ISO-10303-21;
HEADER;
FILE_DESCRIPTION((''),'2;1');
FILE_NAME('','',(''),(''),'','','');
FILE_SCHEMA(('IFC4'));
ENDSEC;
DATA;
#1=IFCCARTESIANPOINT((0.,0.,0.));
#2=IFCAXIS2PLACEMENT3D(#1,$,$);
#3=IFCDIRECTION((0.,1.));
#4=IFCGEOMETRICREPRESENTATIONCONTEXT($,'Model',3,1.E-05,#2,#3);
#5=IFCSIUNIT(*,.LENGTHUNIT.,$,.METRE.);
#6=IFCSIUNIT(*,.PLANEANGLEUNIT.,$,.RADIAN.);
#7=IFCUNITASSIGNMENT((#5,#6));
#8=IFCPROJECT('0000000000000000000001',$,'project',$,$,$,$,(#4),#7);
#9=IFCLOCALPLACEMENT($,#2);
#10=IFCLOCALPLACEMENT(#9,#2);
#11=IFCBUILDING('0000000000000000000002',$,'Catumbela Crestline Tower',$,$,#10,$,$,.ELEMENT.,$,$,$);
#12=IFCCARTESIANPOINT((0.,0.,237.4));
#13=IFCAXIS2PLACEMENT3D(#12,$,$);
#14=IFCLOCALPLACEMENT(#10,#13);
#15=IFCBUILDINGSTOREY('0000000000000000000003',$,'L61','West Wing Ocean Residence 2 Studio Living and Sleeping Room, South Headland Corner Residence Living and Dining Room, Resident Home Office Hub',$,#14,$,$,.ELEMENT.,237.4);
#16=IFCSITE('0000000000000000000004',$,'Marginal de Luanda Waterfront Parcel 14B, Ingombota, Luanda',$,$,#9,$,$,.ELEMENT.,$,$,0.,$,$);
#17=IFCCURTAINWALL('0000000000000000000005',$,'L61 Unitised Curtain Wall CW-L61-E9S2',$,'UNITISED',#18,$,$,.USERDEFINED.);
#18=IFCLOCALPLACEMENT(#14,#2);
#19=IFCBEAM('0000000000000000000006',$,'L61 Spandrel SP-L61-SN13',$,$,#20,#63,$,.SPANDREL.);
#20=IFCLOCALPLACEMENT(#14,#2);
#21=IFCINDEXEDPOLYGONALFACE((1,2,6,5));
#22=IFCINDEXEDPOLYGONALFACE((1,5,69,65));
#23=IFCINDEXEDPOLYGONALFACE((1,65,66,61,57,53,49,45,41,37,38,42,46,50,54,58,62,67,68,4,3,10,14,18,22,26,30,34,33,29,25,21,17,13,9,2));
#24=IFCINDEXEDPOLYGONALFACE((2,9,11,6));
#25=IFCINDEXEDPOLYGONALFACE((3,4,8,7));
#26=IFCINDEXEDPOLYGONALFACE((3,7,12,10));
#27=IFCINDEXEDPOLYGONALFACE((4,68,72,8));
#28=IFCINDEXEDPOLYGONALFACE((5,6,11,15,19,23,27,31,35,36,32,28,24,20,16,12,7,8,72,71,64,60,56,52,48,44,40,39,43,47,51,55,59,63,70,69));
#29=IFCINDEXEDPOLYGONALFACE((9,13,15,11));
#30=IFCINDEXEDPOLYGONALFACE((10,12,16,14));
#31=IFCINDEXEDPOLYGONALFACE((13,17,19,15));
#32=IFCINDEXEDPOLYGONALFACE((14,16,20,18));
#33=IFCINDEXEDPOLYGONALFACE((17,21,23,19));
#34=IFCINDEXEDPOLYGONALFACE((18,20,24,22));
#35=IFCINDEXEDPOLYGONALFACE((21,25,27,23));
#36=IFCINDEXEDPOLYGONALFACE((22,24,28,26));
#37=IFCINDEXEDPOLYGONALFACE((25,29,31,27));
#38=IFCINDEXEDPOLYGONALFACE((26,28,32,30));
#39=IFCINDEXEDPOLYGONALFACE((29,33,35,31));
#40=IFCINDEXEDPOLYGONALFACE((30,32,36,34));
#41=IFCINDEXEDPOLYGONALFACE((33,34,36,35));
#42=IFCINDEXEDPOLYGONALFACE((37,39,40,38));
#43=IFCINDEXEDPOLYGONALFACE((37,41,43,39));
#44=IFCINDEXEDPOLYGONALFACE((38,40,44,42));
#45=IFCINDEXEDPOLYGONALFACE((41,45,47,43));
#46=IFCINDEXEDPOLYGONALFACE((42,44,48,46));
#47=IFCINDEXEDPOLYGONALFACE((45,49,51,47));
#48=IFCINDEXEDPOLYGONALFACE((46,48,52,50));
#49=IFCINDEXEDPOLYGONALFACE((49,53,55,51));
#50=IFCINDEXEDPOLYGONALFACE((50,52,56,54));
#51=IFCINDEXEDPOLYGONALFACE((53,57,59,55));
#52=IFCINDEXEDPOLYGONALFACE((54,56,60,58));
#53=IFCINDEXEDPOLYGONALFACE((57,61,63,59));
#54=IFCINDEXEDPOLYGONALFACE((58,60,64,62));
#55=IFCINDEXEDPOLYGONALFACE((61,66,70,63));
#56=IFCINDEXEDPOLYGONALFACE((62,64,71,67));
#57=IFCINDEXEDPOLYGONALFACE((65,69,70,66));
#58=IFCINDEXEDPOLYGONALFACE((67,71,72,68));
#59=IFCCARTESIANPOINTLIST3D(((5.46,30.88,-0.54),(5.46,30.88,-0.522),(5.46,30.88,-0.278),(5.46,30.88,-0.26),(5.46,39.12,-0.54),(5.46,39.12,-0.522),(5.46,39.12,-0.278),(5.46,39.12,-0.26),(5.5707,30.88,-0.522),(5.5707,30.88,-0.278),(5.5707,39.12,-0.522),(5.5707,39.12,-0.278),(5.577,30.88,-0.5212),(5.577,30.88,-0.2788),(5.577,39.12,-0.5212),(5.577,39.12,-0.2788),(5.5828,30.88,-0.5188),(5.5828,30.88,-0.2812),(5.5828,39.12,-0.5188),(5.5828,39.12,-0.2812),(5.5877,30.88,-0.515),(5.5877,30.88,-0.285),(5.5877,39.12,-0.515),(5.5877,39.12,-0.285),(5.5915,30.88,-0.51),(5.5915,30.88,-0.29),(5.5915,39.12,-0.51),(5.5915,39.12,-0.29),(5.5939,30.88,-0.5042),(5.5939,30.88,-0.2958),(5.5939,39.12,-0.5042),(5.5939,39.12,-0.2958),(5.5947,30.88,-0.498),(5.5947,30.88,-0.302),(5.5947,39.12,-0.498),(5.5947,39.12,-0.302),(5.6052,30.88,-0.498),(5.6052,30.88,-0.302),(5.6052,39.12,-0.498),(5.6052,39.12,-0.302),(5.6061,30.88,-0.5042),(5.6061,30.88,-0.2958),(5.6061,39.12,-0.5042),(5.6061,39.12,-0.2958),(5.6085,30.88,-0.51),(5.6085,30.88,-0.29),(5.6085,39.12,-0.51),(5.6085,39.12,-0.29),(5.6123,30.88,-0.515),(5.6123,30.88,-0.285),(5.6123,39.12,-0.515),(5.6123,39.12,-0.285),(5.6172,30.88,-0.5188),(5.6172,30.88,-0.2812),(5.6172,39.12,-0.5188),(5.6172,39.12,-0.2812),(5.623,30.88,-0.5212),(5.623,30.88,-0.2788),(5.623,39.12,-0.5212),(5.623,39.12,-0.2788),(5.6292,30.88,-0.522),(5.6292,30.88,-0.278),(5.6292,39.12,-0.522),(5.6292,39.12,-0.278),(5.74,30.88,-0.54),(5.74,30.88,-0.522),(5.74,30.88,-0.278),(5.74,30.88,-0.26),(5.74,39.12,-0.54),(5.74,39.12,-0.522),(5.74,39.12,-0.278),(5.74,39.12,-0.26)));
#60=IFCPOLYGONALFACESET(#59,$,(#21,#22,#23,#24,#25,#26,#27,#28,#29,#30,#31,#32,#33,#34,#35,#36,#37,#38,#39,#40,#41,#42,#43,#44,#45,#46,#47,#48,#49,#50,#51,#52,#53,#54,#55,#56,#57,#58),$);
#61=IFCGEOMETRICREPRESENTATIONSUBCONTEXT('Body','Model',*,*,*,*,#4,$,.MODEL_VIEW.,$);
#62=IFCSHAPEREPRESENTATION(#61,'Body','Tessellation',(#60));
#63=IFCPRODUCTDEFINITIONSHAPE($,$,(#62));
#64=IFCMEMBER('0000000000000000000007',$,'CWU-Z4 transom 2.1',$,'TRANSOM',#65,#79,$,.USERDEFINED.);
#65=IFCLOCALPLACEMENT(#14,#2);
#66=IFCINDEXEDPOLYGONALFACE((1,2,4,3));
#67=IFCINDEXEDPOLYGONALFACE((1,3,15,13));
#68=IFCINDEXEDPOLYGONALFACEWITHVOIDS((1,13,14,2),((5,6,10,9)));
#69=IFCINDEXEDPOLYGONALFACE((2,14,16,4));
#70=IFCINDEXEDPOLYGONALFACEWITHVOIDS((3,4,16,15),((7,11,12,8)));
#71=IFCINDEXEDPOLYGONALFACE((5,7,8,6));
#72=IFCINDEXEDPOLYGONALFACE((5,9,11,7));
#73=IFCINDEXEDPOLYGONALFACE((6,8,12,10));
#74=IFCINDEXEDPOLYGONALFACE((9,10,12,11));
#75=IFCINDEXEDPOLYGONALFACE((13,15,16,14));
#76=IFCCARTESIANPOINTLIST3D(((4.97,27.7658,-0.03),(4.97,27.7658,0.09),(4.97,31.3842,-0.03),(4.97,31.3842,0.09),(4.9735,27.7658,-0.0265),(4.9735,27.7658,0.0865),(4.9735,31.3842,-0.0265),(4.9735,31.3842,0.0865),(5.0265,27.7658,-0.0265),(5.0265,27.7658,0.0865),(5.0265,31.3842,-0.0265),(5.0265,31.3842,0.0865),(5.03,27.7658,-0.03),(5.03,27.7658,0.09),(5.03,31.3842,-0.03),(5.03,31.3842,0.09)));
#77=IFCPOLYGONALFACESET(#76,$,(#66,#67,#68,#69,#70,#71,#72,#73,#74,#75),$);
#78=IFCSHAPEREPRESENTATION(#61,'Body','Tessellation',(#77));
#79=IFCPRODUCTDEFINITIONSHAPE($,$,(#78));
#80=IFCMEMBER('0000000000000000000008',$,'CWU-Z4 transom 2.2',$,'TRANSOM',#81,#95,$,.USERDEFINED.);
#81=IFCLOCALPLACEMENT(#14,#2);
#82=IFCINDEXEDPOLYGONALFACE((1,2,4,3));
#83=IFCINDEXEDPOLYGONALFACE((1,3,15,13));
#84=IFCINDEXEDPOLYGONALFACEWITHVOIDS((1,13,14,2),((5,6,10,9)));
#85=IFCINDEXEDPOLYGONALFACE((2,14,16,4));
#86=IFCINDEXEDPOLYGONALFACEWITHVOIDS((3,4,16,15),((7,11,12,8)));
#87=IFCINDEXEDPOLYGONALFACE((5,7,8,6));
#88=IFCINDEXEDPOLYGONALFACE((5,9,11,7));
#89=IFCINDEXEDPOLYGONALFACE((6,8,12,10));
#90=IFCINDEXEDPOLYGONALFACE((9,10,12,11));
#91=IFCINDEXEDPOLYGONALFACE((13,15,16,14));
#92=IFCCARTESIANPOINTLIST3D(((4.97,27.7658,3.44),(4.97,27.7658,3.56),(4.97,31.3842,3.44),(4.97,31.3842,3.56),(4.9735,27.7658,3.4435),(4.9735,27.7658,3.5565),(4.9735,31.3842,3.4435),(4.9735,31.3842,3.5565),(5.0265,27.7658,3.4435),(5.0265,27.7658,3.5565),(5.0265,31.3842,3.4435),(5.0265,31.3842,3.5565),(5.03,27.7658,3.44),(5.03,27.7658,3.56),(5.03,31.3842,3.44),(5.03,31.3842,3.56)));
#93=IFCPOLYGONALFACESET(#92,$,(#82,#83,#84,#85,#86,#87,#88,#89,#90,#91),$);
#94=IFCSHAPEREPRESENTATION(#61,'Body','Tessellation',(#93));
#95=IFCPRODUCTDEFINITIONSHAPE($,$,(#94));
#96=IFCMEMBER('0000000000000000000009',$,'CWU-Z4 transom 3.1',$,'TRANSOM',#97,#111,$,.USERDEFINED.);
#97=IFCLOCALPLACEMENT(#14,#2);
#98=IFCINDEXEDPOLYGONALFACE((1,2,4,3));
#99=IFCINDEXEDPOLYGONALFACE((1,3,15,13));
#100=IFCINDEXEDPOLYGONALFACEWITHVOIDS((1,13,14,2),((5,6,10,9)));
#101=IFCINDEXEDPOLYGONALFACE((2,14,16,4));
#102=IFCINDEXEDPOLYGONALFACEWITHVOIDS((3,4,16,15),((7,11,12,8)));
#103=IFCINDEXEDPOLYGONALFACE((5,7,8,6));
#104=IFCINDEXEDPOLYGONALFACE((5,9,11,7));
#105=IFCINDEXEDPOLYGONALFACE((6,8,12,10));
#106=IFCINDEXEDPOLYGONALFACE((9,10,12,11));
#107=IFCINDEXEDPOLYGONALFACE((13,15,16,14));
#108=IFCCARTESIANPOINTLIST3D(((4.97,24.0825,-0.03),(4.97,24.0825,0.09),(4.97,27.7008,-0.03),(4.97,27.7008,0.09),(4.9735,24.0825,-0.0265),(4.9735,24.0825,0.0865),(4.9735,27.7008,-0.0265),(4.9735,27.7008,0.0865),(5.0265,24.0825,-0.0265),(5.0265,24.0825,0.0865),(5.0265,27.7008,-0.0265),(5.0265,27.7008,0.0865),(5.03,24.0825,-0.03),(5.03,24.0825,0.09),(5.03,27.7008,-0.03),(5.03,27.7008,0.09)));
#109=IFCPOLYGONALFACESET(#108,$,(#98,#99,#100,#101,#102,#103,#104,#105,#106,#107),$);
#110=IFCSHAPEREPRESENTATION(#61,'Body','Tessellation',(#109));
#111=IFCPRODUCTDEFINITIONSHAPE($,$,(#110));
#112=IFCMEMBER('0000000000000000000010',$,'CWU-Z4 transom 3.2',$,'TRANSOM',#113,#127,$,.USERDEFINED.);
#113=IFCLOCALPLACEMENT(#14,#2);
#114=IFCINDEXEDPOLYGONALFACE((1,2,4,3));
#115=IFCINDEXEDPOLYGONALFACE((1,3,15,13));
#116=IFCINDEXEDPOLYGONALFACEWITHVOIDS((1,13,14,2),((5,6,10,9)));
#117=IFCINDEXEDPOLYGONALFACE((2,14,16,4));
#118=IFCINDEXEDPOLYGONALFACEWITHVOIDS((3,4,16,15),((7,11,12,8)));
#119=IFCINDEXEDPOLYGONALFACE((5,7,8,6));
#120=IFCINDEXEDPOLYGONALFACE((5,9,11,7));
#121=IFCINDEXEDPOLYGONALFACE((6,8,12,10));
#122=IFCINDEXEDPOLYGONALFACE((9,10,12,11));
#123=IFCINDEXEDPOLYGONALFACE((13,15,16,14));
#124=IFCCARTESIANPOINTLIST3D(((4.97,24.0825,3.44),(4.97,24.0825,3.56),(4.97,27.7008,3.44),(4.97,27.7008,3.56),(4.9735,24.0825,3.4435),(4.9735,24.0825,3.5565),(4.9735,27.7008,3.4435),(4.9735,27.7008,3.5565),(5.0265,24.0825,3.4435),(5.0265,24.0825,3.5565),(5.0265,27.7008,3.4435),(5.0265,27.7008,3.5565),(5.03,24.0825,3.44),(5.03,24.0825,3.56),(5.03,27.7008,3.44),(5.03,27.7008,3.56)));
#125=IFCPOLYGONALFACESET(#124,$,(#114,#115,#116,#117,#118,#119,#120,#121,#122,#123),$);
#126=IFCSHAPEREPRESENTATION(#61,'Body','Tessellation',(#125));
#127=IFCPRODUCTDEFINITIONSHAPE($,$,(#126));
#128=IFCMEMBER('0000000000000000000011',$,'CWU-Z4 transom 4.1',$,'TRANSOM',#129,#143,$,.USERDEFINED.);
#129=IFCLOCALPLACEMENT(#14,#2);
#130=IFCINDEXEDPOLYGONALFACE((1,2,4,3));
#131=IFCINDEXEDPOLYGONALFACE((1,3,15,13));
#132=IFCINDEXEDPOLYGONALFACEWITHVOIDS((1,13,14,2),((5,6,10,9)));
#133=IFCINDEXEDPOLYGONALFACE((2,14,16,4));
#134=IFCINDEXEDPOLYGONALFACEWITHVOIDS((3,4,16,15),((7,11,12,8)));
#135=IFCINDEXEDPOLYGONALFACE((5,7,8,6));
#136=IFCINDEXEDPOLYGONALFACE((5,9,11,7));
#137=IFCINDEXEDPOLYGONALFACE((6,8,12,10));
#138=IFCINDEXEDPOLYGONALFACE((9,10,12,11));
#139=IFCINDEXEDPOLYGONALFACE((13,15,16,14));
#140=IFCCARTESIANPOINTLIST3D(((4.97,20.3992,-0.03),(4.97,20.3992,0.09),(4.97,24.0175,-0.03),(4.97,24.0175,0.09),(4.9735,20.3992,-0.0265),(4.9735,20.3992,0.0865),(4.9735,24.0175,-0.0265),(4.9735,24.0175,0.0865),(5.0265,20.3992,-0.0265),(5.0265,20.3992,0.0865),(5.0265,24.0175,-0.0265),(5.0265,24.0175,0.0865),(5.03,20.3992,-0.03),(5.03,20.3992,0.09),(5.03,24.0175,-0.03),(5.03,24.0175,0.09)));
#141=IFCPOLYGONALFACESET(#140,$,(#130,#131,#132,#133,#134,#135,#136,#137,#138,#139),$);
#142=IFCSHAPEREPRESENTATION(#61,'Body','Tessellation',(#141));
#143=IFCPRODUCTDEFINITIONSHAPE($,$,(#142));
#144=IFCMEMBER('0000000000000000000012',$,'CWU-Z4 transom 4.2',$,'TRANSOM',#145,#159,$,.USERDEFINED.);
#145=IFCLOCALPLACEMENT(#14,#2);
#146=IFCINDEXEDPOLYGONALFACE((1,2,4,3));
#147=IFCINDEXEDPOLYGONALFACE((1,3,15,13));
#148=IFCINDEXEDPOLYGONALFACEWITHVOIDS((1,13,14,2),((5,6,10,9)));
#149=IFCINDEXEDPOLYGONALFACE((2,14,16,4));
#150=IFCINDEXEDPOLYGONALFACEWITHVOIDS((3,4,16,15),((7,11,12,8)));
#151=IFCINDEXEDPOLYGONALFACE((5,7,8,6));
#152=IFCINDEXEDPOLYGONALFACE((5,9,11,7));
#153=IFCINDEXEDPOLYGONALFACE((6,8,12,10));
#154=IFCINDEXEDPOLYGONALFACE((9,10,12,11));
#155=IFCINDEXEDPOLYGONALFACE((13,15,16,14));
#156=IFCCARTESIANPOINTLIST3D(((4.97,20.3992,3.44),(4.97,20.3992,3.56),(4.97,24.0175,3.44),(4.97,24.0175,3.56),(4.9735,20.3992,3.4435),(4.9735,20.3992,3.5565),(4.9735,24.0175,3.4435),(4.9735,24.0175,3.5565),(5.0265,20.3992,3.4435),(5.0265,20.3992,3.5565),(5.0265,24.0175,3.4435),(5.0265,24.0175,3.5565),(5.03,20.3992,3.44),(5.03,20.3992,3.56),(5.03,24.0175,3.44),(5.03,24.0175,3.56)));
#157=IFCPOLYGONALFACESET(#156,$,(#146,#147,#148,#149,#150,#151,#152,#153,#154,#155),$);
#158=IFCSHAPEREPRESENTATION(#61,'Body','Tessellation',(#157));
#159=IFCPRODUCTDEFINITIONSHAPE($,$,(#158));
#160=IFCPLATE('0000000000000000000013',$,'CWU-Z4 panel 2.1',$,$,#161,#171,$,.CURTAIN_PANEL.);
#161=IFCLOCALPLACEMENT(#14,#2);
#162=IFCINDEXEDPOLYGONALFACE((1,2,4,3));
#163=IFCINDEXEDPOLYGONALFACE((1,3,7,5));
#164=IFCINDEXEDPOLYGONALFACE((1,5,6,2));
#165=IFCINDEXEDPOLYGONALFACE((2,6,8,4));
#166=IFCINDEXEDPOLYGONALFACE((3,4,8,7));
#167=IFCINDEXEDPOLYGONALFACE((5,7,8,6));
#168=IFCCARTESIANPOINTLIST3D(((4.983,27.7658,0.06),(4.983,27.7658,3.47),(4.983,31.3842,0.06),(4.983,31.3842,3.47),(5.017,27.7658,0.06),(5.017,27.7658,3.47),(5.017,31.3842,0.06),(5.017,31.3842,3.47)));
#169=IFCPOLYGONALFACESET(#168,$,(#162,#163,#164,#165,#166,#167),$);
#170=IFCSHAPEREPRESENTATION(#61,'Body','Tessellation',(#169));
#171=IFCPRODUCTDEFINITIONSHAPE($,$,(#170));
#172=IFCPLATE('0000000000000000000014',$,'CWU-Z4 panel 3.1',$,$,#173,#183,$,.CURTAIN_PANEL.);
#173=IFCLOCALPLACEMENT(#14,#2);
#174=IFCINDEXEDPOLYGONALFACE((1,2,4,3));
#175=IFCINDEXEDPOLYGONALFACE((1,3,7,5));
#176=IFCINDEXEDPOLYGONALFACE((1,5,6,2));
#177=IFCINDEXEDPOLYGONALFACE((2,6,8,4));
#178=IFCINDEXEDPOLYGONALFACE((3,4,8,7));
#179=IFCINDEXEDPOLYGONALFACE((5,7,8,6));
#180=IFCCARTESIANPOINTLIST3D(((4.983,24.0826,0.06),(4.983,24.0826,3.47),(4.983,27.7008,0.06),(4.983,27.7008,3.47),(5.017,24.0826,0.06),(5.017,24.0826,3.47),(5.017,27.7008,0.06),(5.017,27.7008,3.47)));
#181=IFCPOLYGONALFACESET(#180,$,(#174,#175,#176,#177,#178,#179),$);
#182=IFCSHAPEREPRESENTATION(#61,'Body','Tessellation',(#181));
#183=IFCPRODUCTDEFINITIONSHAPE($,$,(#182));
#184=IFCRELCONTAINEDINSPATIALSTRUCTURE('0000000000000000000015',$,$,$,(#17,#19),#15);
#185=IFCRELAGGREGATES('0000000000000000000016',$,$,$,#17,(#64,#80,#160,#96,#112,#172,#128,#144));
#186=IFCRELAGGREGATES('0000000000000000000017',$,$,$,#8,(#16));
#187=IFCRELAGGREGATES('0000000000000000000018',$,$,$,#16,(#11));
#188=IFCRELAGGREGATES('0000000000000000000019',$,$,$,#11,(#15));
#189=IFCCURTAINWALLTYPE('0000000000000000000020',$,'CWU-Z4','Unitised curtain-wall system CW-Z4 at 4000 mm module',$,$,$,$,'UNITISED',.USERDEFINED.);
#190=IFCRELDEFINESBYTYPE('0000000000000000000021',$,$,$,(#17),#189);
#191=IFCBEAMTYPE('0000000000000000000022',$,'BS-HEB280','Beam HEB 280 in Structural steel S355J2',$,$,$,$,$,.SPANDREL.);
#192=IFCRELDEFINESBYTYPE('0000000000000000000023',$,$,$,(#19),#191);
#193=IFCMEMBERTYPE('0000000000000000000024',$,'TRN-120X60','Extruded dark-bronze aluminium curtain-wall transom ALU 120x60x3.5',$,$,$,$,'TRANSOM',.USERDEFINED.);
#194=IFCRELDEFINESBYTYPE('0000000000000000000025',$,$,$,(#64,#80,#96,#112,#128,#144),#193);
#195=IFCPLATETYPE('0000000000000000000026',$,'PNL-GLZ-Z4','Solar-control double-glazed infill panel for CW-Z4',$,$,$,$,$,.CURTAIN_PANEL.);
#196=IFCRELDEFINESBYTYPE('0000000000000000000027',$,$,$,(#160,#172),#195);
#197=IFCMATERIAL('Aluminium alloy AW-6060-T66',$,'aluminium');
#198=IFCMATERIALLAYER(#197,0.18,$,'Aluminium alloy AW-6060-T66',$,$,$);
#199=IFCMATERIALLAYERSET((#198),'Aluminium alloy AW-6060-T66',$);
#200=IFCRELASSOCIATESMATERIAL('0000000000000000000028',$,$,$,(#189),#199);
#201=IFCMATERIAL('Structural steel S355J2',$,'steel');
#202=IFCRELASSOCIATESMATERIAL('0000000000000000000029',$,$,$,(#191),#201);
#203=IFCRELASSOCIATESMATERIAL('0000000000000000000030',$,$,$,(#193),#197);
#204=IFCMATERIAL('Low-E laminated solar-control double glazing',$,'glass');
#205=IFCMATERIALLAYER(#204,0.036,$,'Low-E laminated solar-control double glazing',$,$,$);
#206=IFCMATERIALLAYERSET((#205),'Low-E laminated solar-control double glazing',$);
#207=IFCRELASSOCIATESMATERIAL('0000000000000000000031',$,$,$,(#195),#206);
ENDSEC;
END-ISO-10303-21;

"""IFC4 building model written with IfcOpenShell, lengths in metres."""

from ifc_helpers import new_model, si_unit, direction, frame, origin, origin_2d, place, context, subcontext, project, spatial, rectangle, hollow_rectangle, i_section, extrude, material, layer, layer_set, material_profile, profile_set, type_object, element, aggregate, save


model = new_model("IFC4")

# Units and contexts
model_context = context("Model", 3, precision=1e-05, world=origin(), true_north=direction((0.0, 1.0)))
body_context = subcontext(model_context, "Body", "Model", "MODEL_VIEW")
ifc_project = project(units=[si_unit("LENGTHUNIT", "METRE"), si_unit("PLANEANGLEUNIT", "RADIAN")], contexts=[model_context])

# Site, building, storey
site_placement = place(None, origin())
site = spatial("IfcSite", under=ifc_project, at=site_placement, Name="Marginal de Luanda Waterfront Parcel 14B, Ingombota, Luanda", CompositionType="ELEMENT", RefElevation=0.0)
building_placement = place(site_placement, origin())
building = spatial("IfcBuilding", under=site, at=building_placement, Name="Catumbela Crestline Tower", CompositionType="ELEMENT")
storey_placement = place(building_placement, frame((0.0, 0.0, 237.4)))
storey = spatial("IfcBuildingStorey", under=building, at=storey_placement, Name="L61", Description="West Wing Ocean Residence 2 Studio Living and Sleeping Room, South Headland Corner Residence Living and Dining Room, Resident Home Office Hub", CompositionType="ELEMENT", Elevation=237.4)

# Shared definitions
ifc_material_1 = material(Name="Structural steel S355J2", Category="steel")

# Curtain wall
ifc_material_2 = material(Name="Aluminium alloy AW-6060-T66", Category="aluminium")
ifc_layer_1 = layer(ifc_material_2, 0.18, Name="Aluminium alloy AW-6060-T66")
ifc_layer_set_1 = layer_set([ifc_layer_1], Name="Aluminium alloy AW-6060-T66")
curtain_wall_type = type_object("IfcCurtainWallType", Name="CWU-Z4", Description="Unitised curtain-wall system CW-Z4 at 4000 mm module", ElementType="UNITISED", PredefinedType="USERDEFINED", material=ifc_layer_set_1)
curtain_wall_placement = place(storey_placement, origin())
curtain_wall = element("IfcCurtainWall", 1, at=curtain_wall_placement, inside=storey, type_object=curtain_wall_type, Name="L61 Unitised Curtain Wall CW-L61-E9S2", ObjectType="UNITISED", PredefinedType="USERDEFINED")

# Beam
ifc_material_profile_1 = material_profile(ifc_material_1, i_section(OverallWidth=0.28, OverallDepth=0.28, WebThickness=0.0105, FlangeThickness=0.018, FilletRadius=0.024, at=origin_2d()), Name="HEB 280")
ifc_profile_set_1 = profile_set([ifc_material_profile_1], Name="Structural steel S355J2")
beam_type = type_object("IfcBeamType", Name="BS-HEB280", Description="Beam HEB 280 in Structural steel S355J2", PredefinedType="SPANDREL", material=ifc_profile_set_1)
beam_1_placement = place(storey_placement, frame((5.6, 30.88, -0.4), z_axis=(0.0, 1.0, 0.0), x_axis=(-1.0, 0.0, 0.0)))
element("IfcBeam", 2, at=beam_1_placement, inside=storey, type_object=beam_type, Name="L61 Spandrel SP-L61-SN13", PredefinedType="SPANDREL", context=body_context, shape_type="SweptSolid", body=[
    extrude(i_section(OverallWidth=0.28, OverallDepth=0.28, WebThickness=0.0105, FlangeThickness=0.018, FilletRadius=0.024, at=origin_2d()), origin(), (0.0, 0.0, 1.0), 8.24),
])

# Members
ifc_material_profile_2 = material_profile(ifc_material_2, hollow_rectangle(XDim=0.06, YDim=0.12, WallThickness=0.0035, at=origin_2d()), Name="ALU 120x60x3.5")
ifc_profile_set_2 = profile_set([ifc_material_profile_2], Name="Aluminium alloy AW-6060-T66")
member_type_1 = type_object("IfcMemberType", Name="TRN-120X60", Description="Extruded dark-bronze aluminium curtain-wall transom ALU 120x60x3.5", ElementType="TRANSOM", PredefinedType="USERDEFINED", material=ifc_profile_set_2)
member_1_placement = place(storey_placement, frame((5.0, 31.3842, 0.03), z_axis=(0.0, -1.0, 0.0), x_axis=(1.0, 0.0, 0.0)))
member_1 = element("IfcMember", 3, at=member_1_placement, type_object=member_type_1, Name="CWU-Z4 transom 2.1", ObjectType="TRANSOM", PredefinedType="USERDEFINED", context=body_context, shape_type="SweptSolid", body=[
    extrude(hollow_rectangle(XDim=0.06, YDim=0.12, WallThickness=0.0035, at=origin_2d()), origin(), (0.0, 0.0, 1.0), 3.6184),
])
member_2_placement = place(storey_placement, frame((5.0, 31.3842, 3.5), z_axis=(0.0, -1.0, 0.0), x_axis=(1.0, 0.0, 0.0)))
member_2 = element("IfcMember", 4, at=member_2_placement, type_object=member_type_1, Name="CWU-Z4 transom 2.2", ObjectType="TRANSOM", PredefinedType="USERDEFINED", context=body_context, shape_type="SweptSolid", body=[
    extrude(hollow_rectangle(XDim=0.06, YDim=0.12, WallThickness=0.0035, at=origin_2d()), origin(), (0.0, 0.0, 1.0), 3.6184),
])
member_3_placement = place(storey_placement, frame((5.0, 27.7008, 0.03), z_axis=(0.0, -1.0, 0.0), x_axis=(1.0, 0.0, 0.0)))
member_3 = element("IfcMember", 5, at=member_3_placement, type_object=member_type_1, Name="CWU-Z4 transom 3.1", ObjectType="TRANSOM", PredefinedType="USERDEFINED", context=body_context, shape_type="SweptSolid", body=[
    extrude(hollow_rectangle(XDim=0.06, YDim=0.12, WallThickness=0.0035, at=origin_2d()), origin(), (0.0, 0.0, 1.0), 3.6183),
])
member_4_placement = place(storey_placement, frame((5.0, 27.7008, 3.5), z_axis=(0.0, -1.0, 0.0), x_axis=(1.0, 0.0, 0.0)))
member_4 = element("IfcMember", 6, at=member_4_placement, type_object=member_type_1, Name="CWU-Z4 transom 3.2", ObjectType="TRANSOM", PredefinedType="USERDEFINED", context=body_context, shape_type="SweptSolid", body=[
    extrude(hollow_rectangle(XDim=0.06, YDim=0.12, WallThickness=0.0035, at=origin_2d()), origin(), (0.0, 0.0, 1.0), 3.6183),
])
member_5_placement = place(storey_placement, frame((5.0, 24.0175, 0.03), z_axis=(0.0, -1.0, 0.0), x_axis=(1.0, 0.0, 0.0)))
member_5 = element("IfcMember", 7, at=member_5_placement, type_object=member_type_1, Name="CWU-Z4 transom 4.1", ObjectType="TRANSOM", PredefinedType="USERDEFINED", context=body_context, shape_type="SweptSolid", body=[
    extrude(hollow_rectangle(XDim=0.06, YDim=0.12, WallThickness=0.0035, at=origin_2d()), origin(), (0.0, 0.0, 1.0), 3.6183),
])
member_6_placement = place(storey_placement, frame((5.0, 24.0175, 3.5), z_axis=(0.0, -1.0, 0.0), x_axis=(1.0, 0.0, 0.0)))
member_6 = element("IfcMember", 8, at=member_6_placement, type_object=member_type_1, Name="CWU-Z4 transom 4.2", ObjectType="TRANSOM", PredefinedType="USERDEFINED", context=body_context, shape_type="SweptSolid", body=[
    extrude(hollow_rectangle(XDim=0.06, YDim=0.12, WallThickness=0.0035, at=origin_2d()), origin(), (0.0, 0.0, 1.0), 3.6183),
])

# Plates
ifc_material_3 = material(Name="Low-E laminated solar-control double glazing", Category="glass")
ifc_layer_2 = layer(ifc_material_3, 0.036, Name="Low-E laminated solar-control double glazing")
ifc_layer_set_2 = layer_set([ifc_layer_2], Name="Low-E laminated solar-control double glazing")
plate_type = type_object("IfcPlateType", Name="PNL-GLZ-Z4", Description="Solar-control double-glazed infill panel for CW-Z4", PredefinedType="CURTAIN_PANEL", material=ifc_layer_set_2)
plate_1_placement = place(storey_placement, frame((5.0, 29.575, 0.06), z_axis=(0.0, 0.0, 1.0), x_axis=(0.0, -1.0, 0.0)))
plate_1 = element("IfcPlate", 9, at=plate_1_placement, type_object=plate_type, Name="CWU-Z4 panel 2.1", PredefinedType="CURTAIN_PANEL", context=body_context, shape_type="SweptSolid", body=[
    extrude(rectangle(XDim=3.6183, YDim=0.034, at=origin_2d()), origin(), (0.0, 0.0, 1.0), 3.41),
])
plate_2_placement = place(storey_placement, frame((5.0, 25.8917, 0.06), z_axis=(0.0, 0.0, 1.0), x_axis=(0.0, -1.0, 0.0)))
plate_2 = element("IfcPlate", 10, at=plate_2_placement, type_object=plate_type, Name="CWU-Z4 panel 3.1", PredefinedType="CURTAIN_PANEL", context=body_context, shape_type="SweptSolid", body=[
    extrude(rectangle(XDim=3.6183, YDim=0.034, at=origin_2d()), origin(), (0.0, 0.0, 1.0), 3.41),
])
aggregate(curtain_wall, [member_1, member_2, plate_1, member_3, member_4, plate_2, member_5, member_6])

save(model, "model.ifc")
